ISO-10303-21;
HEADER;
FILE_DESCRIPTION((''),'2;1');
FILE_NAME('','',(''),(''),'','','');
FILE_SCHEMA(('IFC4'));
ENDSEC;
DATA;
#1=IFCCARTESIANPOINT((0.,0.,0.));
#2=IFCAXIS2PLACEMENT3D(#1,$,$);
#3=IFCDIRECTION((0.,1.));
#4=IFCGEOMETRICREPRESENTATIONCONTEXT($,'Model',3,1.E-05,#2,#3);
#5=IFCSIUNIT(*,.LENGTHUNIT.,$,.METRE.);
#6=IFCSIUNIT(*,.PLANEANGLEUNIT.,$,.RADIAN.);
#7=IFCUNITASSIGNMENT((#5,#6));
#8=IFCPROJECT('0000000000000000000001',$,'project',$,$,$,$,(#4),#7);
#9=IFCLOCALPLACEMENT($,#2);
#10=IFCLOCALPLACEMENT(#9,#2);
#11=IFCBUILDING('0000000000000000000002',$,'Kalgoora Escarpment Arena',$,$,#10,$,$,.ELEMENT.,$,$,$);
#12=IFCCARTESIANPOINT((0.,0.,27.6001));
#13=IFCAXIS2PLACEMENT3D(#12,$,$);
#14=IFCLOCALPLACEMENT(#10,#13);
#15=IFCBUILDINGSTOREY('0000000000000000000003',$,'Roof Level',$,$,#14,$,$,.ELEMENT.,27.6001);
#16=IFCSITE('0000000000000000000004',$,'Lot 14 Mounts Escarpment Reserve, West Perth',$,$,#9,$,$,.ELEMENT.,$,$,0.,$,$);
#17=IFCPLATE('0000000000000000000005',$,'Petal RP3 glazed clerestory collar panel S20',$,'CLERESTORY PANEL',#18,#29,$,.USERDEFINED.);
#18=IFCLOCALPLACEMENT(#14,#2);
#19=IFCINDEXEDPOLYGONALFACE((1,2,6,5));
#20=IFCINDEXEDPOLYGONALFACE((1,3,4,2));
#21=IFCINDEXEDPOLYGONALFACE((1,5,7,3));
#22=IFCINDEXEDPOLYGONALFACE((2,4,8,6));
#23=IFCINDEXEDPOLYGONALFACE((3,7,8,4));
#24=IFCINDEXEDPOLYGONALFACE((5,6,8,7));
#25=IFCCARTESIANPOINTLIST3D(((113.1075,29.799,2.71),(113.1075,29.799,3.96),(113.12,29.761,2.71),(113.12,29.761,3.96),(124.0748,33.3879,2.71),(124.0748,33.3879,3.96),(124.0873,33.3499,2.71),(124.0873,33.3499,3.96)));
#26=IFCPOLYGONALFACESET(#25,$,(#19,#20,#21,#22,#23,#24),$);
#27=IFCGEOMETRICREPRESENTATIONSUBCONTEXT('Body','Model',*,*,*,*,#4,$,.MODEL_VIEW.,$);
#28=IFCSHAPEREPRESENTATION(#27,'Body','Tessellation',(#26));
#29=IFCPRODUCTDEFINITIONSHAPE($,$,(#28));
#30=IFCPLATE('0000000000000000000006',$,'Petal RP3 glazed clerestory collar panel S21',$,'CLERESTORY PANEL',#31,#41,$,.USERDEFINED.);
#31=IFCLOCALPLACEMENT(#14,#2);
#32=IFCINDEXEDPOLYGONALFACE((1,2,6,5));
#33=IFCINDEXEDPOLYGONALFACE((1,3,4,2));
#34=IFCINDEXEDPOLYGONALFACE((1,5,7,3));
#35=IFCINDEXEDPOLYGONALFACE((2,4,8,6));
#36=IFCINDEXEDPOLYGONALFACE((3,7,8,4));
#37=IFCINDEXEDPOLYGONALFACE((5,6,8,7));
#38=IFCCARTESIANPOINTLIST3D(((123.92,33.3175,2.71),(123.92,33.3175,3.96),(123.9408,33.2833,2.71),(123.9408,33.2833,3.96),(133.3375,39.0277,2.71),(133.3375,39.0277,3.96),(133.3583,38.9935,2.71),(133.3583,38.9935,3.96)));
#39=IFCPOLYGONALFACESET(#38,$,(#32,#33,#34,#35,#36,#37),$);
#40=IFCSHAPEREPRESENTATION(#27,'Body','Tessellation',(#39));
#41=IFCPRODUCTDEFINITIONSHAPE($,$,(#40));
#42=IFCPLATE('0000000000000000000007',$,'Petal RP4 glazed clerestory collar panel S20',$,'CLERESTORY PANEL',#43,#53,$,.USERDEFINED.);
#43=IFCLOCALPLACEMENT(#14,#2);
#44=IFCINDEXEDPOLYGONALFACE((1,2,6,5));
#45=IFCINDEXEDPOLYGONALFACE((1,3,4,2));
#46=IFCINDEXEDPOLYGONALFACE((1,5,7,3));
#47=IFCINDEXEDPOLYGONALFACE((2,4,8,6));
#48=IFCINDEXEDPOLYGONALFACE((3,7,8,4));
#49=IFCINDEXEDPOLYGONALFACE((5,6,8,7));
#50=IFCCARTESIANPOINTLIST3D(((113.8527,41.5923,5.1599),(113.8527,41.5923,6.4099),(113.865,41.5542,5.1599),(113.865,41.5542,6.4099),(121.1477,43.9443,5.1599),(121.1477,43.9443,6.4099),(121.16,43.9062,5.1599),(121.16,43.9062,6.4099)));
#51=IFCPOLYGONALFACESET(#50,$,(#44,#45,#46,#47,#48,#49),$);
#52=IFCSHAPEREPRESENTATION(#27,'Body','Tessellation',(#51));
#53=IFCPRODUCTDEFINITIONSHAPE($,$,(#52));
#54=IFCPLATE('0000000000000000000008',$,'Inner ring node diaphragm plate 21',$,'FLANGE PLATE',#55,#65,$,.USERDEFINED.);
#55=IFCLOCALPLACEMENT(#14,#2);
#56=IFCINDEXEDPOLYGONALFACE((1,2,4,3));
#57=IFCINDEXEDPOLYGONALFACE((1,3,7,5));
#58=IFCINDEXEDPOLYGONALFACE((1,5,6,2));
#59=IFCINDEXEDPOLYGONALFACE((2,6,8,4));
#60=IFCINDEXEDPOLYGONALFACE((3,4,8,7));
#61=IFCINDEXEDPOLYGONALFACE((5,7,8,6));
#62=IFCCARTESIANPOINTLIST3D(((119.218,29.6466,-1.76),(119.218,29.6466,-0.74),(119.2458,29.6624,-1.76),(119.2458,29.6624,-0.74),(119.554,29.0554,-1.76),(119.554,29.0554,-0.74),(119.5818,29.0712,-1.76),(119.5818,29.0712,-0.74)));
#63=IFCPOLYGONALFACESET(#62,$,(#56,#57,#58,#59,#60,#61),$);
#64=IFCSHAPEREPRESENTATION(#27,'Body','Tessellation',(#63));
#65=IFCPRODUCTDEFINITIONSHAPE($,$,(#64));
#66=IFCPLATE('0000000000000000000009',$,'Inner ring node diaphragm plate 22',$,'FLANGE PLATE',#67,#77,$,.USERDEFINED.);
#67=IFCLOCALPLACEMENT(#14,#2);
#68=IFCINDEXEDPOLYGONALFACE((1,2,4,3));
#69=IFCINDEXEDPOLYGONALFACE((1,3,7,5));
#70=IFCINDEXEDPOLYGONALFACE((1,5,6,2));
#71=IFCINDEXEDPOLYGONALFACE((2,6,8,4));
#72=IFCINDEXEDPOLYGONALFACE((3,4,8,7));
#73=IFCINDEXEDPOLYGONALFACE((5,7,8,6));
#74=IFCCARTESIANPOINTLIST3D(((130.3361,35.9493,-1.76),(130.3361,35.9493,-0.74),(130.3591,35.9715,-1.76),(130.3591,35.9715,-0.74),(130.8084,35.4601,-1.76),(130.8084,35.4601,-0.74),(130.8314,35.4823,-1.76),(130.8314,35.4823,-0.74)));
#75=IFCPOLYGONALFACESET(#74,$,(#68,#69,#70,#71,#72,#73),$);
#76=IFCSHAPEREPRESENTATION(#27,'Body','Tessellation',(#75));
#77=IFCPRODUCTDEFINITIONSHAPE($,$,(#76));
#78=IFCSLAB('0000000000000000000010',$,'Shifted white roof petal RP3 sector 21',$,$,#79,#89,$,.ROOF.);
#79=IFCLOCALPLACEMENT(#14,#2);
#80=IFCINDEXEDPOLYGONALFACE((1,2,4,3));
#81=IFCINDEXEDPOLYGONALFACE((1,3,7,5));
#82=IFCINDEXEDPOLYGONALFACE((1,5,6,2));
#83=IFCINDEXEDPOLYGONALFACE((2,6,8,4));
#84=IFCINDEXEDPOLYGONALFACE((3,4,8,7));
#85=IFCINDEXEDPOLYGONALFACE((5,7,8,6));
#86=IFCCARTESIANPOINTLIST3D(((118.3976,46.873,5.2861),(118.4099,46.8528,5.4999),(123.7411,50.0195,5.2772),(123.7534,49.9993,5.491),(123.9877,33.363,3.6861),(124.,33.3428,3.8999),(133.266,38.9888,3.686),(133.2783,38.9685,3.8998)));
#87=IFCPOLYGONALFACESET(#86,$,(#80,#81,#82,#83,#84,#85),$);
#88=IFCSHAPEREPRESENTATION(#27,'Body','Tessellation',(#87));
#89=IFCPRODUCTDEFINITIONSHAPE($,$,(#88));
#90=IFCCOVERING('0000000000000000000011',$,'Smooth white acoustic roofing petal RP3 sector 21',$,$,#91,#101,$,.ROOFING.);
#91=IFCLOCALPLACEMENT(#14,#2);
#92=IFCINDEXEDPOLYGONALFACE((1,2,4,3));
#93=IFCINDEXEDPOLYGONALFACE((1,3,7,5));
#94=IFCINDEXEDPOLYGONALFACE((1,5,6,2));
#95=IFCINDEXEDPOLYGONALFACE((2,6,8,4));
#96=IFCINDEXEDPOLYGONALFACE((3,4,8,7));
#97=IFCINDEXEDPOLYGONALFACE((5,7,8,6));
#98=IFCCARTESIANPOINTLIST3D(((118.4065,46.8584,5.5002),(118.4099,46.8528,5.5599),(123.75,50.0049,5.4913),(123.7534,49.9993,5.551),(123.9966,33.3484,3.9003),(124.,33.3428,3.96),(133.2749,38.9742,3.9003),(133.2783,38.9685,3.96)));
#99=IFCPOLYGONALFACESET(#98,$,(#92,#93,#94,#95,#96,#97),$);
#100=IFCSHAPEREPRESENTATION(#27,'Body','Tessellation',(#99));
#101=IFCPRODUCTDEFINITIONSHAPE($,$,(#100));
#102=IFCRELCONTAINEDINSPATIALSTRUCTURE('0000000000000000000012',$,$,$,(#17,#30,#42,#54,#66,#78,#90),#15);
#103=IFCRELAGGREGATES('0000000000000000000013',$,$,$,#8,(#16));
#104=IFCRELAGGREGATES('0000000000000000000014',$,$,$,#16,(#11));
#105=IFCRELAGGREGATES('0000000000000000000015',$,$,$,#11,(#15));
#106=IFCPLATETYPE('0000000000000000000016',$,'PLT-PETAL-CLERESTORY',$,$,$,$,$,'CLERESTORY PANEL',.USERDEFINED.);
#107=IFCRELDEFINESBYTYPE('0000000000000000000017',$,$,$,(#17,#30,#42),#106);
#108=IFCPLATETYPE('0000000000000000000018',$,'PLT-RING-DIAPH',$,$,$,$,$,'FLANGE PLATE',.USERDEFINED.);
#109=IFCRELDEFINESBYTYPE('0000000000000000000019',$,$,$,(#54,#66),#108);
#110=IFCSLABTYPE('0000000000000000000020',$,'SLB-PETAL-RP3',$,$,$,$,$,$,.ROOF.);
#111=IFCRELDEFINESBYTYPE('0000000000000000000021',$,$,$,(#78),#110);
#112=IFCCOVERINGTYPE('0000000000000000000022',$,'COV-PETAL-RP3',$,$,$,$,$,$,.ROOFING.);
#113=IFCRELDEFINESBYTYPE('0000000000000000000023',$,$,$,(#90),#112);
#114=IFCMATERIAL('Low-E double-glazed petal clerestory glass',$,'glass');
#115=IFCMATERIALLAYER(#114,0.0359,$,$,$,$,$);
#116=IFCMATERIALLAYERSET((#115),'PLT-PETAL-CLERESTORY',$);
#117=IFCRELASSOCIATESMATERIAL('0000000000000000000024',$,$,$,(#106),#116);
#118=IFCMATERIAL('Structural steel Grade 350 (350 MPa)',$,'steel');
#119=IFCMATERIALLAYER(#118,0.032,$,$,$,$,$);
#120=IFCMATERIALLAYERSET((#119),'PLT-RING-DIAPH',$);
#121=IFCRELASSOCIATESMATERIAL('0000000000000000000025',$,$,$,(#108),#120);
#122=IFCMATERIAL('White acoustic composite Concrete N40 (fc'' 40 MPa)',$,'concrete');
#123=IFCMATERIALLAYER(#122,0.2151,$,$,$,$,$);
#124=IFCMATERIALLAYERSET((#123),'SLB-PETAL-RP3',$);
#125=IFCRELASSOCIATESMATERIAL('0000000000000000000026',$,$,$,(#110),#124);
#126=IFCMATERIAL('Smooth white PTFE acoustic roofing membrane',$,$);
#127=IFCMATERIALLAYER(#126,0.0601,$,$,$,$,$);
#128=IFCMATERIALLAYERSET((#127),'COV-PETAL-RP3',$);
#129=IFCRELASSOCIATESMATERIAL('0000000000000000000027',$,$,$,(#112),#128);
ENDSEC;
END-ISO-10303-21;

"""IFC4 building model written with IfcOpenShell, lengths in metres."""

from ifc_helpers import new_model, si_unit, direction, frame, origin, origin_2d, place, context, subcontext, project, spatial, polyline, rectangle, outline, extrude, material, layer, layer_set, type_object, element, save


model = new_model("IFC4")

# Units and contexts
model_context = context("Model", 3, precision=1e-05, world=origin(), true_north=direction((0.0, 1.0)))
body_context = subcontext(model_context, "Body", "Model", "MODEL_VIEW")
ifc_project = project(units=[si_unit("LENGTHUNIT", "METRE"), si_unit("PLANEANGLEUNIT", "RADIAN")], contexts=[model_context])

# Site, building, storey
site_placement = place(None, origin())
site = spatial("IfcSite", under=ifc_project, at=site_placement, Name="Lot 14 Mounts Escarpment Reserve, West Perth", CompositionType="ELEMENT", RefElevation=0.0)
building_placement = place(site_placement, origin())
building = spatial("IfcBuilding", under=site, at=building_placement, Name="Kalgoora Escarpment Arena", CompositionType="ELEMENT")
storey_placement = place(building_placement, frame((0.0, 0.0, 27.6001)))
storey = spatial("IfcBuildingStorey", under=building, at=storey_placement, Name="Roof Level", CompositionType="ELEMENT", Elevation=27.6001)

# Plates
ifc_material_1 = material(Name="Low-E double-glazed petal clerestory glass", Category="glass")
ifc_layer_1 = layer(ifc_material_1, 0.0359)
ifc_layer_set_1 = layer_set([ifc_layer_1], Name="PLT-PETAL-CLERESTORY")
plate_type_1 = type_object("IfcPlateType", Name="PLT-PETAL-CLERESTORY", ElementType="CLERESTORY PANEL", PredefinedType="USERDEFINED", material=ifc_layer_set_1)
plate_1_placement = place(storey_placement, frame((118.5974, 31.5745, 2.71), z_axis=(0.0, 0.0, 1.0), x_axis=(0.950407, 0.311008, 0.0)))
element("IfcPlate", 1, at=plate_1_placement, inside=storey, type_object=plate_type_1, Name="Petal RP3 glazed clerestory collar panel S20", ObjectType="CLERESTORY PANEL", PredefinedType="USERDEFINED", context=body_context, shape_type="SweptSolid", body=[
    extrude(rectangle(XDim=11.5396, YDim=0.04, at=origin_2d()), origin(), (0.0, 0.0, 1.0), 1.25),
])
plate_2_placement = place(storey_placement, frame((128.6392, 36.1555, 2.71), z_axis=(0.0, 0.0, 1.0), x_axis=(0.855093, 0.518475, 0.0)))
element("IfcPlate", 2, at=plate_2_placement, inside=storey, type_object=plate_type_1, Name="Petal RP3 glazed clerestory collar panel S21", ObjectType="CLERESTORY PANEL", PredefinedType="USERDEFINED", context=body_context, shape_type="SweptSolid", body=[
    extrude(rectangle(XDim=11.0134, YDim=0.04, at=origin_2d()), origin(), (0.0, 0.0, 1.0), 1.25),
])
plate_3_placement = place(storey_placement, frame((117.5063, 42.7493, 5.1599), z_axis=(0.0, 0.0, 1.0), x_axis=(0.951755, 0.306858, 0.0)))
element("IfcPlate", 3, at=plate_3_placement, inside=storey, type_object=plate_type_1, Name="Petal RP4 glazed clerestory collar panel S20", ObjectType="CLERESTORY PANEL", PredefinedType="USERDEFINED", context=body_context, shape_type="SweptSolid", body=[
    extrude(rectangle(XDim=7.6648, YDim=0.04, at=origin_2d()), origin(), (0.0, 0.0, 1.0), 1.25),
])
ifc_material_2 = material(Name="Structural steel Grade 350 (350 MPa)", Category="steel")
ifc_layer_2 = layer(ifc_material_2, 0.032)
ifc_layer_set_2 = layer_set([ifc_layer_2], Name="PLT-RING-DIAPH")
plate_type_2 = type_object("IfcPlateType", Name="PLT-RING-DIAPH", ElementType="FLANGE PLATE", PredefinedType="USERDEFINED", material=ifc_layer_set_2)
for number, where, z_axis, x_axis, name in (
    (4, (119.3999, 29.3589, -1.76), (0.0, 0.0, 1.0), (0.869409, 0.494094, 0.0), "Inner ring node diaphragm plate 21"),
    (5, (130.5837, 35.7158, -1.76), (0.0, 0.0, 1.0), (0.719461, 0.694533, 0.0), "Inner ring node diaphragm plate 22"),
):
    element("IfcPlate", number, at=place(storey_placement, frame(where, z_axis=z_axis, x_axis=x_axis)), inside=storey, type_object=plate_type_2, Name=name, ObjectType="FLANGE PLATE", PredefinedType="USERDEFINED", context=body_context, shape_type="SweptSolid", body=[
        extrude(rectangle(XDim=0.032, YDim=0.6799, at=origin_2d()), origin(), (0.0, 0.0, 1.0), 1.02),
    ])

# Slab
ifc_material_3 = material(Name="White acoustic composite Concrete N40 (fc' 40 MPa)", Category="concrete")
ifc_layer_3 = layer(ifc_material_3, 0.2151)
ifc_layer_set_3 = layer_set([ifc_layer_3], Name="SLB-PETAL-RP3")
slab_type = type_object("IfcSlabType", Name="SLB-PETAL-RP3", PredefinedType="ROOF", material=ifc_layer_set_3)
slab_placement = place(storey_placement, frame((124.0, 33.3428, 3.8999), z_axis=(0.057067, -0.094097, 0.993926), x_axis=(0.855095, 0.518472, -0.000011)))
element("IfcSlab", 6, at=slab_placement, inside=storey, type_object=slab_type, Name="Shifted white roof petal RP3 sector 21", PredefinedType="ROOF", context=body_context, shape_type="SweptSolid", body=[
    extrude(outline(polyline([(0.0, 0.0), (10.8506, 0.0), (8.4251, 14.4585), (2.2245, 14.539), (0.0, 0.0)])), origin(), (0.0, 0.0, -1.0), 0.2151),
])

# Covering
ifc_material_4 = material(Name="Smooth white PTFE acoustic roofing membrane")
ifc_layer_4 = layer(ifc_material_4, 0.0601)
ifc_layer_set_4 = layer_set([ifc_layer_4], Name="COV-PETAL-RP3")
covering_type = type_object("IfcCoveringType", Name="COV-PETAL-RP3", PredefinedType="ROOFING", material=ifc_layer_set_4)
covering_placement = place(storey_placement, frame((124.0, 33.3428, 3.96), z_axis=(0.05705, -0.094097, 0.993927), x_axis=(0.855096, 0.51847, 0.000003)))
element("IfcCovering", 7, at=covering_placement, inside=storey, type_object=covering_type, Name="Smooth white acoustic roofing petal RP3 sector 21", PredefinedType="ROOFING", context=body_context, shape_type="SweptSolid", body=[
    extrude(outline(polyline([(0.0, 0.0), (10.8506, 0.0), (8.4251, 14.4585), (2.2245, 14.5389), (0.0, 0.0)])), origin(), (0.0, 0.0, -1.0), 0.0601),
])

save(model, "model.ifc")
